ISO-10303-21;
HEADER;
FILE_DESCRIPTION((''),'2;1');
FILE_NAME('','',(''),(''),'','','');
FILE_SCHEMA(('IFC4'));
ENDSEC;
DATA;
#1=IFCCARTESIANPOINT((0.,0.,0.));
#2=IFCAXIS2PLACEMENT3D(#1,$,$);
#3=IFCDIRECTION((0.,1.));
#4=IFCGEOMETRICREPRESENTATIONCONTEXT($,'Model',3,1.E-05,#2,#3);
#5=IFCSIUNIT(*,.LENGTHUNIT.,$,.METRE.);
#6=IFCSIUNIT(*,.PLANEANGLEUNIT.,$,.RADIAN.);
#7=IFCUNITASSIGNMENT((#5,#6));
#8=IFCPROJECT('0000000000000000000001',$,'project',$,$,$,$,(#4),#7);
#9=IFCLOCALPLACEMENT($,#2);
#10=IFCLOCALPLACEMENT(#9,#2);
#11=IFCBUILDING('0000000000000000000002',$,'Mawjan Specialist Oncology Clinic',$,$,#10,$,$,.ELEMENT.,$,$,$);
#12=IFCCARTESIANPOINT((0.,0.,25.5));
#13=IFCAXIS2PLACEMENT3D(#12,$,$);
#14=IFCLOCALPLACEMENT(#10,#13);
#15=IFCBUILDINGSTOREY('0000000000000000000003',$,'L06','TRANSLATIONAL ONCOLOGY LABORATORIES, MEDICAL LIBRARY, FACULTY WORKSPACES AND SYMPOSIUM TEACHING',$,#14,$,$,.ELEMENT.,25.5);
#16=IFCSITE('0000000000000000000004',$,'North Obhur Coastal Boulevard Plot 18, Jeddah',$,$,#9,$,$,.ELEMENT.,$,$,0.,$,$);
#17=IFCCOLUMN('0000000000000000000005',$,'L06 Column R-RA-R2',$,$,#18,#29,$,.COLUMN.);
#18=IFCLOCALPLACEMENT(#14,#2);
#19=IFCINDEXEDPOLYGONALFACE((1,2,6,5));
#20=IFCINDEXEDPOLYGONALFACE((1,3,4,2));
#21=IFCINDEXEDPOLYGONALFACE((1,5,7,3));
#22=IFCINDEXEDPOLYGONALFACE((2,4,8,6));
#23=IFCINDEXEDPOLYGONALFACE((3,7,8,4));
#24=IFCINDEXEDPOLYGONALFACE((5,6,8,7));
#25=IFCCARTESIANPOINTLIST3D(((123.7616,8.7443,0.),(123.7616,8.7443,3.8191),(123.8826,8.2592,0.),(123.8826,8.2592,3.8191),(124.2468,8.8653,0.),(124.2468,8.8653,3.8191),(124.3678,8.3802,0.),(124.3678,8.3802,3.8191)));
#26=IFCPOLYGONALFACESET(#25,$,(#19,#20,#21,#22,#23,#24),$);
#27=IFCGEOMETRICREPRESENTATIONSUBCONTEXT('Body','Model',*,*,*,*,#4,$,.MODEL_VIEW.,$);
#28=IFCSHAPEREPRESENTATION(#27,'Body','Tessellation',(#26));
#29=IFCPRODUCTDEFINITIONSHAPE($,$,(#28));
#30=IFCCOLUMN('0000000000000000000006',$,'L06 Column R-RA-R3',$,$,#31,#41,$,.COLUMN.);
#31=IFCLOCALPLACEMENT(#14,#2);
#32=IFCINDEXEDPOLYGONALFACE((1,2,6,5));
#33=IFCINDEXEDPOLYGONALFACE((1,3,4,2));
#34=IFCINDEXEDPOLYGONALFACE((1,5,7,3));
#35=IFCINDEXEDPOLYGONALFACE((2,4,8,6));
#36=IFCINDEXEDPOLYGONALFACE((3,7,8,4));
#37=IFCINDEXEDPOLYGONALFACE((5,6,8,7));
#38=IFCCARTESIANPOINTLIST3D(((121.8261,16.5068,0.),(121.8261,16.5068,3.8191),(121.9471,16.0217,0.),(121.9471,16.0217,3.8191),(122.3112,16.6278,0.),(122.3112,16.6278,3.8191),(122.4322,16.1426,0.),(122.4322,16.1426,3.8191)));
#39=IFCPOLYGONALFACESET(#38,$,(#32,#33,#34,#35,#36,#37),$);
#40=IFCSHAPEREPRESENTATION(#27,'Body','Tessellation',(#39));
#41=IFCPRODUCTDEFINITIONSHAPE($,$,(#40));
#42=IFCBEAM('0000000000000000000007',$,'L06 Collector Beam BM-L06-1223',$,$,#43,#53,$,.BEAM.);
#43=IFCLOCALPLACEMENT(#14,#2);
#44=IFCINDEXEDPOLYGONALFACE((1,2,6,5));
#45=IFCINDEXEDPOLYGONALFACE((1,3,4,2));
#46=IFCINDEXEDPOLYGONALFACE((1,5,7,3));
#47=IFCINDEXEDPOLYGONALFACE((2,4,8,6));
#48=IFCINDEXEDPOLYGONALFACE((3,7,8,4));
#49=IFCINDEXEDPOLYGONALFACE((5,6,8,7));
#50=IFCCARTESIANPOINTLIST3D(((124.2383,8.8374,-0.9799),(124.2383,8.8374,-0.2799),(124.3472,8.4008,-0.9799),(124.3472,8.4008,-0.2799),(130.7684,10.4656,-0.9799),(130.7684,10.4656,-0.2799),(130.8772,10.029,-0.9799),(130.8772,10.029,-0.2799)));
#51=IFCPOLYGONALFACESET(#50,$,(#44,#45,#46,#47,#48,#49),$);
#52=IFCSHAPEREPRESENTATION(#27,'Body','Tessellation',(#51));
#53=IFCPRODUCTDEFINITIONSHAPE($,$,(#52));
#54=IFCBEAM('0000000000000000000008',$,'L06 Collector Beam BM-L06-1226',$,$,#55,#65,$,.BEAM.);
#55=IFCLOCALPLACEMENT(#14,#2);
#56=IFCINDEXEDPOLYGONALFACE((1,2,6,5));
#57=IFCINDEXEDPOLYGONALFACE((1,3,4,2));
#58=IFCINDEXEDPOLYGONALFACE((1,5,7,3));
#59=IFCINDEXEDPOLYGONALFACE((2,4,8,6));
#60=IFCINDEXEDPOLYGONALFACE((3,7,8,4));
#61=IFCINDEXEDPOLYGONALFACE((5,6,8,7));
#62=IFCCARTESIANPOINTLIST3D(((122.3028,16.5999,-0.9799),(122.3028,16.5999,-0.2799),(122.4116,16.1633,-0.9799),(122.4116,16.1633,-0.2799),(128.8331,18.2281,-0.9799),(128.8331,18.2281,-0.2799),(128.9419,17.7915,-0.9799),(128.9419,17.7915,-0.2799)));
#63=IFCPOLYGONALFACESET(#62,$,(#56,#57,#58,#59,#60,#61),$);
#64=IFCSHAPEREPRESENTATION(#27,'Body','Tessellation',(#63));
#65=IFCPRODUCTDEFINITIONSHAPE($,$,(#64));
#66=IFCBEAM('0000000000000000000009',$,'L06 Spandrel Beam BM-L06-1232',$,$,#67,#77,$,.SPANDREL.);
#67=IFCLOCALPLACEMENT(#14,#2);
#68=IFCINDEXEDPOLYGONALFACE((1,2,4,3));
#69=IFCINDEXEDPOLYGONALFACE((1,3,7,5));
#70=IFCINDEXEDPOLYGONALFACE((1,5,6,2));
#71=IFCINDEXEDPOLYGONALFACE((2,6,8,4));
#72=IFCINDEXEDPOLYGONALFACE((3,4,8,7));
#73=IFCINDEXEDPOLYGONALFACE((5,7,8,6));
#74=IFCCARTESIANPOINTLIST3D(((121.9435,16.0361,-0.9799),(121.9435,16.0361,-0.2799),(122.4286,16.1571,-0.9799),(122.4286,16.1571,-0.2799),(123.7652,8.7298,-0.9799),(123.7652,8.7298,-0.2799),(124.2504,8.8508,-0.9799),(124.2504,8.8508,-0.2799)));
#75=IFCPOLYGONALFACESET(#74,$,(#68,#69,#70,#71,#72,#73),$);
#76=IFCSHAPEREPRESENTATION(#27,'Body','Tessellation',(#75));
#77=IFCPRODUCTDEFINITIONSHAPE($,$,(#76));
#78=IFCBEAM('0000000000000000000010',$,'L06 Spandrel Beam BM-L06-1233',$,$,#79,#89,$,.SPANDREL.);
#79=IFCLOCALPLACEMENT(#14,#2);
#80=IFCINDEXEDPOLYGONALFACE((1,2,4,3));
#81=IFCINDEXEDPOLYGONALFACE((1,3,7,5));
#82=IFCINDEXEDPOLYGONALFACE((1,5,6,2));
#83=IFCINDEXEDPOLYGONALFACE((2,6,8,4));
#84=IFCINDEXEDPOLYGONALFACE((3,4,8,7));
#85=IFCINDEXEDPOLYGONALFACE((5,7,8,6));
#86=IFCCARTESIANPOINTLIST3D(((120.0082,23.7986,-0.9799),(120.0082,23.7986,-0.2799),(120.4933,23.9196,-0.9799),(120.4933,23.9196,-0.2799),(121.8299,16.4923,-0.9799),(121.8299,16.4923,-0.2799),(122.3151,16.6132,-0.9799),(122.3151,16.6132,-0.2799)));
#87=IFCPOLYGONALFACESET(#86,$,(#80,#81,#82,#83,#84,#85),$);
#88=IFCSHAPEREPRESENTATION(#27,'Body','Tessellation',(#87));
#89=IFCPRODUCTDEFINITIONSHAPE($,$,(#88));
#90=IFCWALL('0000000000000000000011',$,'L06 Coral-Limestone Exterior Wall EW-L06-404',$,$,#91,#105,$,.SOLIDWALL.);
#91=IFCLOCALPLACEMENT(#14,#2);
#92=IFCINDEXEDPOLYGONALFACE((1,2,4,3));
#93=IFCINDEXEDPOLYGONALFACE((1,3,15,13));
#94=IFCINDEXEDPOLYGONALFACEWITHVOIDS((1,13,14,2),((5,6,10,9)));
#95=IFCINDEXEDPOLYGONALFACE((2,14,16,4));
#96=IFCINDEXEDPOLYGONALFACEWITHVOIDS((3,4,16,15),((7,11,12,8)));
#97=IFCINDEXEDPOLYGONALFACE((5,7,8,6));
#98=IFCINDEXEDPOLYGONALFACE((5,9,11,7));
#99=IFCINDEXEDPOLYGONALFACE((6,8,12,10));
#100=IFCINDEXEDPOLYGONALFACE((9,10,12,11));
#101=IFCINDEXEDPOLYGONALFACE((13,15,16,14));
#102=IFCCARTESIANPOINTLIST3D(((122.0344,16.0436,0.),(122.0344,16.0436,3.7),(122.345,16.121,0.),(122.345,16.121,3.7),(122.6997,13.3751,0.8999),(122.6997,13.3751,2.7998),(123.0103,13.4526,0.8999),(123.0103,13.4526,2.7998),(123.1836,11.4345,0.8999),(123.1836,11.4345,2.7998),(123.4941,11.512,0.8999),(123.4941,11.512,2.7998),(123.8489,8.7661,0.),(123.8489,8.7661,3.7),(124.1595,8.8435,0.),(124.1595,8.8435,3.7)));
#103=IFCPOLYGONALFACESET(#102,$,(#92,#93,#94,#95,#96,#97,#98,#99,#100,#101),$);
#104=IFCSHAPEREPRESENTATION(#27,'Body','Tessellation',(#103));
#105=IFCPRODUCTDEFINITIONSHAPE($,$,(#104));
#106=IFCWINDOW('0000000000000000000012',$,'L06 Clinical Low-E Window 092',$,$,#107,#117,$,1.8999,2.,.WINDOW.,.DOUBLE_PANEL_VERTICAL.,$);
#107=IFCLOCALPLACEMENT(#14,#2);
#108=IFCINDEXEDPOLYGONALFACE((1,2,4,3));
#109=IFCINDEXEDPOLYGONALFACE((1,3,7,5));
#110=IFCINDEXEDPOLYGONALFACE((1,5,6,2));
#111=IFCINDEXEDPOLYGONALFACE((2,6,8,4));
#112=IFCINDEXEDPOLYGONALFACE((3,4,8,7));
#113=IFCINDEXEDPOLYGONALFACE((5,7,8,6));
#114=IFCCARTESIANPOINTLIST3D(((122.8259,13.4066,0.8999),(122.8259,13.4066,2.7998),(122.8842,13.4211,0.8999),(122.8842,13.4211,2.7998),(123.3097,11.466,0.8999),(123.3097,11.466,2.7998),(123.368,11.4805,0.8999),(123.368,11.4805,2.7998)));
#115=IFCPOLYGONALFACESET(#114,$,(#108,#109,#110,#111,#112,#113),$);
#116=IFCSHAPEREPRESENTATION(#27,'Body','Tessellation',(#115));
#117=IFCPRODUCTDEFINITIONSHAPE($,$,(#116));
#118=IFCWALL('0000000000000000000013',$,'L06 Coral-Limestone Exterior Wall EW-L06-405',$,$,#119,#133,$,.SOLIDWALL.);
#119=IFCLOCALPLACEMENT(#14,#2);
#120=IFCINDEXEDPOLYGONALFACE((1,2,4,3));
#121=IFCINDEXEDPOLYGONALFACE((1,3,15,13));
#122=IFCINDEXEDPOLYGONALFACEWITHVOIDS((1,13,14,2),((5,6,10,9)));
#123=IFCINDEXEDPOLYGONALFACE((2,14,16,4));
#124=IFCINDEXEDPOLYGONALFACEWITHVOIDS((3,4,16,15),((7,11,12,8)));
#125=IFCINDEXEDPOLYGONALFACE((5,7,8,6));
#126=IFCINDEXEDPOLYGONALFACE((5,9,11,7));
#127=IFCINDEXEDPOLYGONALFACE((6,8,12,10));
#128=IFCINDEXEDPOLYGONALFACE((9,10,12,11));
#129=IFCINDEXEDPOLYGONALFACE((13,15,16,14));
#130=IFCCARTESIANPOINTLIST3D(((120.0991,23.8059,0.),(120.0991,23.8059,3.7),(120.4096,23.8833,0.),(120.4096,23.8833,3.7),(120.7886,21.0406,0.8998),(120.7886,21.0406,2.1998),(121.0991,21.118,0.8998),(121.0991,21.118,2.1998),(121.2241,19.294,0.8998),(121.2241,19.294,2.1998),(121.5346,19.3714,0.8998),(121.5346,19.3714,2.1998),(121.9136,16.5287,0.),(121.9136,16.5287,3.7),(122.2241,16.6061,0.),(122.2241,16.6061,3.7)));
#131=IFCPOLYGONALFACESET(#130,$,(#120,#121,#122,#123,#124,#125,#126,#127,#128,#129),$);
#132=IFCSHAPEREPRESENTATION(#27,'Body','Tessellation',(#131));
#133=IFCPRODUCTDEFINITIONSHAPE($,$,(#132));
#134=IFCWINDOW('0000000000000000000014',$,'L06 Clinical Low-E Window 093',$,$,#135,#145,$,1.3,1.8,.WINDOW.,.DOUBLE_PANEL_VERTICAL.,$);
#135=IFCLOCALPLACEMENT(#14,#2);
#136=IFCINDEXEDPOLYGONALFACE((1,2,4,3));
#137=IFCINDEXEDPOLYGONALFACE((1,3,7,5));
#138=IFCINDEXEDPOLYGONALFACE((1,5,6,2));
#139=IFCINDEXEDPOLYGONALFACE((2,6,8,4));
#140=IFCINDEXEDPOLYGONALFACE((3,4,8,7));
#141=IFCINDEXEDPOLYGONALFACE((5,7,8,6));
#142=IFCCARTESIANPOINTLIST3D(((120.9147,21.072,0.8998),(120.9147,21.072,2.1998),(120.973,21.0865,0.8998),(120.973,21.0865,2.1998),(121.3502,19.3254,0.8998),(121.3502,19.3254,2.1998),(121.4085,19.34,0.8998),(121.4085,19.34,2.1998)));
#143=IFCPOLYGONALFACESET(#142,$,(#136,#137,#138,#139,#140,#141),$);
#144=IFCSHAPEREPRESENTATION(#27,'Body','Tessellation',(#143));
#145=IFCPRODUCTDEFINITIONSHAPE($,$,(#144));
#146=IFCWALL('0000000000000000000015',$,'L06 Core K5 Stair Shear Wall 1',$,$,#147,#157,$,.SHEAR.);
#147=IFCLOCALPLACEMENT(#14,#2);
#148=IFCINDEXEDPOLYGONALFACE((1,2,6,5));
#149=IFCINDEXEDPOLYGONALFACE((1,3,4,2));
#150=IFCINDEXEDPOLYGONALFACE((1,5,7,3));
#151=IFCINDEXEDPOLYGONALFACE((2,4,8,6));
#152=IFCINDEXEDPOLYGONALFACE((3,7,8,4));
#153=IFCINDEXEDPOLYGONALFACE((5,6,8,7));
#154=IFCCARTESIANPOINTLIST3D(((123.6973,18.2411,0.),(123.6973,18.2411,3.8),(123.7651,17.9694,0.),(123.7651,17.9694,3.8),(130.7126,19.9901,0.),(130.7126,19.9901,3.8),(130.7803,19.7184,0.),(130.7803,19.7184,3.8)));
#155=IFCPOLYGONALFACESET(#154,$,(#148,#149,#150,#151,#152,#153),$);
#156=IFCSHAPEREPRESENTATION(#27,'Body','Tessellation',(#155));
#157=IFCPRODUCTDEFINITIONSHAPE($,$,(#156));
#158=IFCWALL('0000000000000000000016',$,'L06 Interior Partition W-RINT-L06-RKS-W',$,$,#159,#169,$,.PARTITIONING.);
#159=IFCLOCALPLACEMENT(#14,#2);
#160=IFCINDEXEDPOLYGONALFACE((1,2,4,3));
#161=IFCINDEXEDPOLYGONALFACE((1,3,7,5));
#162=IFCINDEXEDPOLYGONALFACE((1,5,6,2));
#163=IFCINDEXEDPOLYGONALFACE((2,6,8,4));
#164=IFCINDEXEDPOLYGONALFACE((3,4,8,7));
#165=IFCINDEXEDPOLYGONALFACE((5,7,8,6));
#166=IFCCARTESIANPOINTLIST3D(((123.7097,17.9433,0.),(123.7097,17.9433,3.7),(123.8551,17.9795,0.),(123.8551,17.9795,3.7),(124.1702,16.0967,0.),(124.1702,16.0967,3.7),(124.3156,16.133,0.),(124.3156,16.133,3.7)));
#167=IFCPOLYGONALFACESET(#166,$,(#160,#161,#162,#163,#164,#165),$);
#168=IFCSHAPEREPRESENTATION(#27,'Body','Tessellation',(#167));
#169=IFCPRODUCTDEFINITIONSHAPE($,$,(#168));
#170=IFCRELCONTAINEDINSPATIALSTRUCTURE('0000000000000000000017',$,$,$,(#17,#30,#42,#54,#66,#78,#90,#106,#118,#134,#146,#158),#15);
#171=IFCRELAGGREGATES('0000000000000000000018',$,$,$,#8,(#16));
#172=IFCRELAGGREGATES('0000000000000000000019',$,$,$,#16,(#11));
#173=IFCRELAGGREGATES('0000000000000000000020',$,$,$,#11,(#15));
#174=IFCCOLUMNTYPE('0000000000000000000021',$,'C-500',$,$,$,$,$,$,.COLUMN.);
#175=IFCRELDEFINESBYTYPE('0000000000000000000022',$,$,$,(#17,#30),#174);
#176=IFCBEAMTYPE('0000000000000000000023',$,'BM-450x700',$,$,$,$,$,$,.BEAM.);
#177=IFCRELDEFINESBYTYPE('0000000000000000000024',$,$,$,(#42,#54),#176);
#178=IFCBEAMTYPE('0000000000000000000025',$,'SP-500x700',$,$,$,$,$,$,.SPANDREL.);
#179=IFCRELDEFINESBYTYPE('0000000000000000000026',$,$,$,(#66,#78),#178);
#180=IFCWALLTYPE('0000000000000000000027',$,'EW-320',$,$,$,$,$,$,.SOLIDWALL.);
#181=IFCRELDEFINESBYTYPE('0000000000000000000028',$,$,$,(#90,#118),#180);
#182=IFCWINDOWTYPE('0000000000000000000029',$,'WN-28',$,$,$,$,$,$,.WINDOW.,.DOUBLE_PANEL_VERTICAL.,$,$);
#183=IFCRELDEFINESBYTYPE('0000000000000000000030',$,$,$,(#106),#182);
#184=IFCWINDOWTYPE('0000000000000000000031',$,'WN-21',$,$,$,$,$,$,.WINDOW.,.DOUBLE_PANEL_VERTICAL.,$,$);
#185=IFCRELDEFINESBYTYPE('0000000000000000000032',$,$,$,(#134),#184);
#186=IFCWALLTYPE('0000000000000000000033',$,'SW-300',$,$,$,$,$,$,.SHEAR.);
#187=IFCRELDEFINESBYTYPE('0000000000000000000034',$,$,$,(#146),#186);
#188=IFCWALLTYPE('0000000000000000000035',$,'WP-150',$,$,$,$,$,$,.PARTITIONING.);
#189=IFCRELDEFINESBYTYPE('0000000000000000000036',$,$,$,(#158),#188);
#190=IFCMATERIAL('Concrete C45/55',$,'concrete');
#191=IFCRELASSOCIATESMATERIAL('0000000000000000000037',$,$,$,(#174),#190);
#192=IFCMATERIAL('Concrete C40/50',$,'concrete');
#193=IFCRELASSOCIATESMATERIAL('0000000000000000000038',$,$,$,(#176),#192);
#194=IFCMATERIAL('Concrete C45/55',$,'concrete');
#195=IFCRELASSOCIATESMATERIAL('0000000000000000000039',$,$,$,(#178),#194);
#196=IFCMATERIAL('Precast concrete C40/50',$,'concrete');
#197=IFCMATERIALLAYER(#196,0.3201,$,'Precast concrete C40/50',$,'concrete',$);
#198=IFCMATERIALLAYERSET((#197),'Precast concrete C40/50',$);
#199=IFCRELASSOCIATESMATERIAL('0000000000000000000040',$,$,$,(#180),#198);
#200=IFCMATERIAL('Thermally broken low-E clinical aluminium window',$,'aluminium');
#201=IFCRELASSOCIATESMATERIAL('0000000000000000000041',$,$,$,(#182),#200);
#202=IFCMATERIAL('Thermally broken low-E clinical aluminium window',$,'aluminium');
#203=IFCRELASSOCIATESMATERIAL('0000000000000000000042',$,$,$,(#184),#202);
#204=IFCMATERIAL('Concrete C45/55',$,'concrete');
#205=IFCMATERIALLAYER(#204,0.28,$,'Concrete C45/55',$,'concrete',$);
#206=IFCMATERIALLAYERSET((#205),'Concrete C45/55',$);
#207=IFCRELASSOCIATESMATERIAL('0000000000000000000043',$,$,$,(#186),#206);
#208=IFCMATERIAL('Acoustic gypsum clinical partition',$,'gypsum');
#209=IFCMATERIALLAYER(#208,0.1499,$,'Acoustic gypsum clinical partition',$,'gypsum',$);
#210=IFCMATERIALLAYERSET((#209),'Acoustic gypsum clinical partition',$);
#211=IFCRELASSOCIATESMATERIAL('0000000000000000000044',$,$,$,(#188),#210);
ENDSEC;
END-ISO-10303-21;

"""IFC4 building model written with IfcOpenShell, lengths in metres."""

from ifc_helpers import new_model, si_unit, direction, frame, frame_2d, origin, origin_2d, place, context, subcontext, project, spatial, rectangle, extrude, material, layer, layer_set, material_profile, profile_set, type_object, element, fill, save


model = new_model("IFC4")

# Units and contexts
model_context = context("Model", 3, precision=1e-05, world=origin(), true_north=direction((0.0, 1.0)))
body_context = subcontext(model_context, "Body", "Model", "MODEL_VIEW")
ifc_project = project(units=[si_unit("LENGTHUNIT", "METRE"), si_unit("PLANEANGLEUNIT", "RADIAN")], contexts=[model_context])

# Site, building, storey
site_placement = place(None, origin())
site = spatial("IfcSite", under=ifc_project, at=site_placement, Name="North Obhur Coastal Boulevard Plot 18, Jeddah", CompositionType="ELEMENT", RefElevation=0.0)
building_placement = place(site_placement, origin())
building = spatial("IfcBuilding", under=site, at=building_placement, Name="Mawjan Specialist Oncology Clinic", CompositionType="ELEMENT")
storey_placement = place(building_placement, frame((0.0, 0.0, 25.5)))
storey = spatial("IfcBuildingStorey", under=building, at=storey_placement, Name="L06", Description="TRANSLATIONAL ONCOLOGY LABORATORIES, MEDICAL LIBRARY, FACULTY WORKSPACES AND SYMPOSIUM TEACHING", CompositionType="ELEMENT", Elevation=25.5)

# Columns
ifc_material_1 = material(Name="Concrete C45/55", Category="concrete")
ifc_material_profile_1 = material_profile(ifc_material_1, rectangle(XDim=0.5, YDim=0.5, at=origin_2d()), Name="RC COL 500x500", Category="concrete")
ifc_profile_set_1 = profile_set([ifc_material_profile_1], Name="Concrete C45/55")
column_type = type_object("IfcColumnType", Name="C-500", PredefinedType="COLUMN", material=ifc_profile_set_1)
for number, where, z_axis, x_axis, name in (
    (1, (124.0647, 8.5623, 0.0), (0.0, 0.0, 1.0), (0.970296, 0.241922, 0.0), "L06 Column R-RA-R2"),
    (2, (122.1292, 16.3247, 0.0), (0.0, 0.0, 1.0), (0.970296, 0.241922, 0.0), "L06 Column R-RA-R3"),
):
    element("IfcColumn", number, at=place(storey_placement, frame(where, z_axis=z_axis, x_axis=x_axis)), inside=storey, type_object=column_type, Name=name, PredefinedType="COLUMN", context=body_context, shape_type="SweptSolid", body=[
        extrude(rectangle(XDim=0.5, YDim=0.5, at=origin_2d()), origin(), (0.0, 0.0, 1.0), 3.8191),
    ])

# Beams
ifc_material_2 = material(Name="Concrete C40/50", Category="concrete")
ifc_material_profile_2 = material_profile(ifc_material_2, rectangle(XDim=0.45, YDim=0.7, at=origin_2d()), Name="RC BM 450x700", Category="concrete")
ifc_profile_set_2 = profile_set([ifc_material_profile_2], Name="Concrete C40/50")
beam_type_1 = type_object("IfcBeamType", Name="BM-450x700", PredefinedType="BEAM", material=ifc_profile_set_2)
beam_1_placement = place(storey_placement, frame((124.2927, 8.6191, -0.6299), z_axis=(0.970294, 0.24193, 0.0), x_axis=(-0.24193, 0.970294, 0.0)))
element("IfcBeam", 3, at=beam_1_placement, inside=storey, type_object=beam_type_1, Name="L06 Collector Beam BM-L06-1223", PredefinedType="BEAM", context=body_context, shape_type="SweptSolid", body=[
    extrude(rectangle(XDim=0.45, YDim=0.7, at=origin_2d()), origin(), (0.0, 0.0, 1.0), 6.73),
])
beam_2_placement = place(storey_placement, frame((122.3572, 16.3816, -0.6299), z_axis=(0.970296, 0.241921, 0.0), x_axis=(-0.241921, 0.970296, 0.0)))
element("IfcBeam", 4, at=beam_2_placement, inside=storey, type_object=beam_type_1, Name="L06 Collector Beam BM-L06-1226", PredefinedType="BEAM", context=body_context, shape_type="SweptSolid", body=[
    extrude(rectangle(XDim=0.45, YDim=0.7, at=origin_2d()), origin(), (0.0, 0.0, 1.0), 6.7302),
])
ifc_material_3 = material(Name="Concrete C45/55", Category="concrete")
ifc_material_profile_3 = material_profile(ifc_material_3, rectangle(XDim=0.5, YDim=0.7, at=origin_2d()), Name="RC BM 500x700", Category="concrete")
ifc_profile_set_3 = profile_set([ifc_material_profile_3], Name="Concrete C45/55")
beam_type_2 = type_object("IfcBeamType", Name="SP-500x700", PredefinedType="SPANDREL", material=ifc_profile_set_3)
for number, where, z_axis, x_axis, name in (
    (5, (124.0078, 8.7903, -0.6299), (-0.241933, 0.970293, 0.0), (-0.970293, -0.241933, 0.0), "L06 Spandrel Beam BM-L06-1232"),
    (6, (122.0725, 16.5527, -0.6299), (-0.241933, 0.970293, 0.0), (-0.970293, -0.241933, 0.0), "L06 Spandrel Beam BM-L06-1233"),
):
    element("IfcBeam", number, at=place(storey_placement, frame(where, z_axis=z_axis, x_axis=x_axis)), inside=storey, type_object=beam_type_2, Name=name, PredefinedType="SPANDREL", context=body_context, shape_type="SweptSolid", body=[
        extrude(rectangle(XDim=0.5, YDim=0.7, at=origin_2d()), origin(), (0.0, 0.0, 1.0), 7.53),
    ])

# Walls, openings, windows
ifc_material_4 = material(Name="Precast concrete C40/50", Category="concrete")
ifc_layer_1 = layer(ifc_material_4, 0.3201, Name="Precast concrete C40/50", Category="concrete")
ifc_layer_set_1 = layer_set([ifc_layer_1], Name="Precast concrete C40/50")
wall_type_1 = type_object("IfcWallType", Name="EW-320", PredefinedType="SOLIDWALL", material=ifc_layer_set_1)
wall_1_placement = place(storey_placement, frame((124.0042, 8.8049, 0.0), z_axis=(0.0, 0.0, 1.0), x_axis=(-0.241923, 0.970295, 0.0)))
wall_1 = element("IfcWall", 7, at=wall_1_placement, inside=storey, type_object=wall_type_1, Name="L06 Coral-Limestone Exterior Wall EW-L06-404", PredefinedType="SOLIDWALL", context=body_context, shape_type="SweptSolid", body=[
    extrude(rectangle(XDim=7.5002, YDim=0.3201, at=frame_2d((3.75, 0.0))), origin(), (0.0, 0.0, 1.0), 3.7),
])
opening_1_placement = place(wall_1_placement, frame((2.75, 0.0, 0.8999)))
opening_1 = element("IfcOpeningElement", 8, at=opening_1_placement, cuts=wall_1, PredefinedType="OPENING", context=body_context, shape_type="SweptSolid", body=[
    extrude(rectangle(XDim=2.0, YDim=1.8999, at=frame_2d((1.0, 0.95))), frame((0.0, 0.1721, 0.0), z_axis=(0.0, -1.0, 0.0), x_axis=(1.0, 0.0, 0.0)), (0.0, 0.0, 1.0), 0.344),
])
ifc_material_5 = material(Name="Thermally broken low-E clinical aluminium window", Category="aluminium")
window_type_1 = type_object("IfcWindowType", Name="WN-28", PartitioningType="DOUBLE_PANEL_VERTICAL", PredefinedType="WINDOW", material=ifc_material_5)
window_1_placement = place(opening_1_placement, origin())
window_1 = element("IfcWindow", 9, at=window_1_placement, inside=storey, type_object=window_type_1, Name="L06 Clinical Low-E Window 092", OverallHeight=1.8999, OverallWidth=2.0, PartitioningType="DOUBLE_PANEL_VERTICAL", PredefinedType="WINDOW", context=body_context, shape_type="SweptSolid", body=[
    extrude(rectangle(XDim=2.0, YDim=1.8999, at=frame_2d((1.0, 0.95))), frame((0.0, 0.03, 0.0), z_axis=(0.0, -1.0, 0.0), x_axis=(1.0, 0.0, 0.0)), (0.0, 0.0, 1.0), 0.0601),
])
fill(opening_1, window_1)
wall_2_placement = place(storey_placement, frame((122.0688, 16.5674, 0.0), z_axis=(0.0, 0.0, 1.0), x_axis=(-0.24193, 0.970294, 0.0)))
wall_2 = element("IfcWall", 10, at=wall_2_placement, inside=storey, type_object=wall_type_1, Name="L06 Coral-Limestone Exterior Wall EW-L06-405", PredefinedType="SOLIDWALL", context=body_context, shape_type="SweptSolid", body=[
    extrude(rectangle(XDim=7.5, YDim=0.3201, at=frame_2d((3.75, 0.0))), origin(), (0.0, 0.0, 1.0), 3.7),
])
opening_2_placement = place(wall_2_placement, frame((2.8501, 0.0, 0.8999)))
opening_2 = element("IfcOpeningElement", 11, at=opening_2_placement, cuts=wall_2, PredefinedType="OPENING", context=body_context, shape_type="SweptSolid", body=[
    extrude(rectangle(XDim=1.8, YDim=1.3, at=frame_2d((0.8999, 0.6499))), frame((0.0, 0.1721, 0.0), z_axis=(0.0, -1.0, 0.0), x_axis=(1.0, 0.0, 0.0)), (0.0, 0.0, 1.0), 0.344),
])
ifc_material_6 = material(Name="Thermally broken low-E clinical aluminium window", Category="aluminium")
window_type_2 = type_object("IfcWindowType", Name="WN-21", PartitioningType="DOUBLE_PANEL_VERTICAL", PredefinedType="WINDOW", material=ifc_material_6)
window_2_placement = place(opening_2_placement, origin())
window_2 = element("IfcWindow", 12, at=window_2_placement, inside=storey, type_object=window_type_2, Name="L06 Clinical Low-E Window 093", OverallHeight=1.3, OverallWidth=1.8, PartitioningType="DOUBLE_PANEL_VERTICAL", PredefinedType="WINDOW", context=body_context, shape_type="SweptSolid", body=[
    extrude(rectangle(XDim=1.8, YDim=1.3, at=frame_2d((0.8999, 0.6499))), frame((0.0, 0.03, 0.0), z_axis=(0.0, -1.0, 0.0), x_axis=(1.0, 0.0, 0.0)), (0.0, 0.0, 1.0), 0.0601),
])
fill(opening_2, window_2)

# Wall
ifc_material_7 = material(Name="Concrete C45/55", Category="concrete")
ifc_layer_2 = layer(ifc_material_7, 0.28, Name="Concrete C45/55", Category="concrete")
ifc_layer_set_2 = layer_set([ifc_layer_2], Name="Concrete C45/55")
wall_type_2 = type_object("IfcWallType", Name="SW-300", PredefinedType="SHEAR", material=ifc_layer_set_2)
wall_3_placement = place(storey_placement, frame((123.7312, 18.1052, 0.0), z_axis=(0.0, 0.0, 1.0), x_axis=(0.970297, 0.241916, 0.0)))
element("IfcWall", 13, at=wall_3_placement, inside=storey, type_object=wall_type_2, Name="L06 Core K5 Stair Shear Wall 1", PredefinedType="SHEAR", context=body_context, shape_type="SweptSolid", body=[
    extrude(rectangle(XDim=7.23, YDim=0.28, at=frame_2d((3.615, 0.0))), origin(), (0.0, 0.0, 1.0), 3.8),
])

# Wall
ifc_material_8 = material(Name="Acoustic gypsum clinical partition", Category="gypsum")
ifc_layer_3 = layer(ifc_material_8, 0.1499, Name="Acoustic gypsum clinical partition", Category="gypsum")
ifc_layer_set_3 = layer_set([ifc_layer_3], Name="Acoustic gypsum clinical partition")
wall_type_3 = type_object("IfcWallType", Name="WP-150", PredefinedType="PARTITIONING", material=ifc_layer_set_3)
wall_4_placement = place(storey_placement, frame((124.2429, 16.1147, 0.0), z_axis=(0.0, 0.0, 1.0), x_axis=(-0.241962, 0.970286, 0.0)))
element("IfcWall", 14, at=wall_4_placement, inside=storey, type_object=wall_type_3, Name="L06 Interior Partition W-RINT-L06-RKS-W", PredefinedType="PARTITIONING", context=body_context, shape_type="SweptSolid", body=[
    extrude(rectangle(XDim=1.9031, YDim=0.1499, at=frame_2d((0.9517, 0.0))), origin(), (0.0, 0.0, 1.0), 3.7),
])

save(model, "model.ifc")
